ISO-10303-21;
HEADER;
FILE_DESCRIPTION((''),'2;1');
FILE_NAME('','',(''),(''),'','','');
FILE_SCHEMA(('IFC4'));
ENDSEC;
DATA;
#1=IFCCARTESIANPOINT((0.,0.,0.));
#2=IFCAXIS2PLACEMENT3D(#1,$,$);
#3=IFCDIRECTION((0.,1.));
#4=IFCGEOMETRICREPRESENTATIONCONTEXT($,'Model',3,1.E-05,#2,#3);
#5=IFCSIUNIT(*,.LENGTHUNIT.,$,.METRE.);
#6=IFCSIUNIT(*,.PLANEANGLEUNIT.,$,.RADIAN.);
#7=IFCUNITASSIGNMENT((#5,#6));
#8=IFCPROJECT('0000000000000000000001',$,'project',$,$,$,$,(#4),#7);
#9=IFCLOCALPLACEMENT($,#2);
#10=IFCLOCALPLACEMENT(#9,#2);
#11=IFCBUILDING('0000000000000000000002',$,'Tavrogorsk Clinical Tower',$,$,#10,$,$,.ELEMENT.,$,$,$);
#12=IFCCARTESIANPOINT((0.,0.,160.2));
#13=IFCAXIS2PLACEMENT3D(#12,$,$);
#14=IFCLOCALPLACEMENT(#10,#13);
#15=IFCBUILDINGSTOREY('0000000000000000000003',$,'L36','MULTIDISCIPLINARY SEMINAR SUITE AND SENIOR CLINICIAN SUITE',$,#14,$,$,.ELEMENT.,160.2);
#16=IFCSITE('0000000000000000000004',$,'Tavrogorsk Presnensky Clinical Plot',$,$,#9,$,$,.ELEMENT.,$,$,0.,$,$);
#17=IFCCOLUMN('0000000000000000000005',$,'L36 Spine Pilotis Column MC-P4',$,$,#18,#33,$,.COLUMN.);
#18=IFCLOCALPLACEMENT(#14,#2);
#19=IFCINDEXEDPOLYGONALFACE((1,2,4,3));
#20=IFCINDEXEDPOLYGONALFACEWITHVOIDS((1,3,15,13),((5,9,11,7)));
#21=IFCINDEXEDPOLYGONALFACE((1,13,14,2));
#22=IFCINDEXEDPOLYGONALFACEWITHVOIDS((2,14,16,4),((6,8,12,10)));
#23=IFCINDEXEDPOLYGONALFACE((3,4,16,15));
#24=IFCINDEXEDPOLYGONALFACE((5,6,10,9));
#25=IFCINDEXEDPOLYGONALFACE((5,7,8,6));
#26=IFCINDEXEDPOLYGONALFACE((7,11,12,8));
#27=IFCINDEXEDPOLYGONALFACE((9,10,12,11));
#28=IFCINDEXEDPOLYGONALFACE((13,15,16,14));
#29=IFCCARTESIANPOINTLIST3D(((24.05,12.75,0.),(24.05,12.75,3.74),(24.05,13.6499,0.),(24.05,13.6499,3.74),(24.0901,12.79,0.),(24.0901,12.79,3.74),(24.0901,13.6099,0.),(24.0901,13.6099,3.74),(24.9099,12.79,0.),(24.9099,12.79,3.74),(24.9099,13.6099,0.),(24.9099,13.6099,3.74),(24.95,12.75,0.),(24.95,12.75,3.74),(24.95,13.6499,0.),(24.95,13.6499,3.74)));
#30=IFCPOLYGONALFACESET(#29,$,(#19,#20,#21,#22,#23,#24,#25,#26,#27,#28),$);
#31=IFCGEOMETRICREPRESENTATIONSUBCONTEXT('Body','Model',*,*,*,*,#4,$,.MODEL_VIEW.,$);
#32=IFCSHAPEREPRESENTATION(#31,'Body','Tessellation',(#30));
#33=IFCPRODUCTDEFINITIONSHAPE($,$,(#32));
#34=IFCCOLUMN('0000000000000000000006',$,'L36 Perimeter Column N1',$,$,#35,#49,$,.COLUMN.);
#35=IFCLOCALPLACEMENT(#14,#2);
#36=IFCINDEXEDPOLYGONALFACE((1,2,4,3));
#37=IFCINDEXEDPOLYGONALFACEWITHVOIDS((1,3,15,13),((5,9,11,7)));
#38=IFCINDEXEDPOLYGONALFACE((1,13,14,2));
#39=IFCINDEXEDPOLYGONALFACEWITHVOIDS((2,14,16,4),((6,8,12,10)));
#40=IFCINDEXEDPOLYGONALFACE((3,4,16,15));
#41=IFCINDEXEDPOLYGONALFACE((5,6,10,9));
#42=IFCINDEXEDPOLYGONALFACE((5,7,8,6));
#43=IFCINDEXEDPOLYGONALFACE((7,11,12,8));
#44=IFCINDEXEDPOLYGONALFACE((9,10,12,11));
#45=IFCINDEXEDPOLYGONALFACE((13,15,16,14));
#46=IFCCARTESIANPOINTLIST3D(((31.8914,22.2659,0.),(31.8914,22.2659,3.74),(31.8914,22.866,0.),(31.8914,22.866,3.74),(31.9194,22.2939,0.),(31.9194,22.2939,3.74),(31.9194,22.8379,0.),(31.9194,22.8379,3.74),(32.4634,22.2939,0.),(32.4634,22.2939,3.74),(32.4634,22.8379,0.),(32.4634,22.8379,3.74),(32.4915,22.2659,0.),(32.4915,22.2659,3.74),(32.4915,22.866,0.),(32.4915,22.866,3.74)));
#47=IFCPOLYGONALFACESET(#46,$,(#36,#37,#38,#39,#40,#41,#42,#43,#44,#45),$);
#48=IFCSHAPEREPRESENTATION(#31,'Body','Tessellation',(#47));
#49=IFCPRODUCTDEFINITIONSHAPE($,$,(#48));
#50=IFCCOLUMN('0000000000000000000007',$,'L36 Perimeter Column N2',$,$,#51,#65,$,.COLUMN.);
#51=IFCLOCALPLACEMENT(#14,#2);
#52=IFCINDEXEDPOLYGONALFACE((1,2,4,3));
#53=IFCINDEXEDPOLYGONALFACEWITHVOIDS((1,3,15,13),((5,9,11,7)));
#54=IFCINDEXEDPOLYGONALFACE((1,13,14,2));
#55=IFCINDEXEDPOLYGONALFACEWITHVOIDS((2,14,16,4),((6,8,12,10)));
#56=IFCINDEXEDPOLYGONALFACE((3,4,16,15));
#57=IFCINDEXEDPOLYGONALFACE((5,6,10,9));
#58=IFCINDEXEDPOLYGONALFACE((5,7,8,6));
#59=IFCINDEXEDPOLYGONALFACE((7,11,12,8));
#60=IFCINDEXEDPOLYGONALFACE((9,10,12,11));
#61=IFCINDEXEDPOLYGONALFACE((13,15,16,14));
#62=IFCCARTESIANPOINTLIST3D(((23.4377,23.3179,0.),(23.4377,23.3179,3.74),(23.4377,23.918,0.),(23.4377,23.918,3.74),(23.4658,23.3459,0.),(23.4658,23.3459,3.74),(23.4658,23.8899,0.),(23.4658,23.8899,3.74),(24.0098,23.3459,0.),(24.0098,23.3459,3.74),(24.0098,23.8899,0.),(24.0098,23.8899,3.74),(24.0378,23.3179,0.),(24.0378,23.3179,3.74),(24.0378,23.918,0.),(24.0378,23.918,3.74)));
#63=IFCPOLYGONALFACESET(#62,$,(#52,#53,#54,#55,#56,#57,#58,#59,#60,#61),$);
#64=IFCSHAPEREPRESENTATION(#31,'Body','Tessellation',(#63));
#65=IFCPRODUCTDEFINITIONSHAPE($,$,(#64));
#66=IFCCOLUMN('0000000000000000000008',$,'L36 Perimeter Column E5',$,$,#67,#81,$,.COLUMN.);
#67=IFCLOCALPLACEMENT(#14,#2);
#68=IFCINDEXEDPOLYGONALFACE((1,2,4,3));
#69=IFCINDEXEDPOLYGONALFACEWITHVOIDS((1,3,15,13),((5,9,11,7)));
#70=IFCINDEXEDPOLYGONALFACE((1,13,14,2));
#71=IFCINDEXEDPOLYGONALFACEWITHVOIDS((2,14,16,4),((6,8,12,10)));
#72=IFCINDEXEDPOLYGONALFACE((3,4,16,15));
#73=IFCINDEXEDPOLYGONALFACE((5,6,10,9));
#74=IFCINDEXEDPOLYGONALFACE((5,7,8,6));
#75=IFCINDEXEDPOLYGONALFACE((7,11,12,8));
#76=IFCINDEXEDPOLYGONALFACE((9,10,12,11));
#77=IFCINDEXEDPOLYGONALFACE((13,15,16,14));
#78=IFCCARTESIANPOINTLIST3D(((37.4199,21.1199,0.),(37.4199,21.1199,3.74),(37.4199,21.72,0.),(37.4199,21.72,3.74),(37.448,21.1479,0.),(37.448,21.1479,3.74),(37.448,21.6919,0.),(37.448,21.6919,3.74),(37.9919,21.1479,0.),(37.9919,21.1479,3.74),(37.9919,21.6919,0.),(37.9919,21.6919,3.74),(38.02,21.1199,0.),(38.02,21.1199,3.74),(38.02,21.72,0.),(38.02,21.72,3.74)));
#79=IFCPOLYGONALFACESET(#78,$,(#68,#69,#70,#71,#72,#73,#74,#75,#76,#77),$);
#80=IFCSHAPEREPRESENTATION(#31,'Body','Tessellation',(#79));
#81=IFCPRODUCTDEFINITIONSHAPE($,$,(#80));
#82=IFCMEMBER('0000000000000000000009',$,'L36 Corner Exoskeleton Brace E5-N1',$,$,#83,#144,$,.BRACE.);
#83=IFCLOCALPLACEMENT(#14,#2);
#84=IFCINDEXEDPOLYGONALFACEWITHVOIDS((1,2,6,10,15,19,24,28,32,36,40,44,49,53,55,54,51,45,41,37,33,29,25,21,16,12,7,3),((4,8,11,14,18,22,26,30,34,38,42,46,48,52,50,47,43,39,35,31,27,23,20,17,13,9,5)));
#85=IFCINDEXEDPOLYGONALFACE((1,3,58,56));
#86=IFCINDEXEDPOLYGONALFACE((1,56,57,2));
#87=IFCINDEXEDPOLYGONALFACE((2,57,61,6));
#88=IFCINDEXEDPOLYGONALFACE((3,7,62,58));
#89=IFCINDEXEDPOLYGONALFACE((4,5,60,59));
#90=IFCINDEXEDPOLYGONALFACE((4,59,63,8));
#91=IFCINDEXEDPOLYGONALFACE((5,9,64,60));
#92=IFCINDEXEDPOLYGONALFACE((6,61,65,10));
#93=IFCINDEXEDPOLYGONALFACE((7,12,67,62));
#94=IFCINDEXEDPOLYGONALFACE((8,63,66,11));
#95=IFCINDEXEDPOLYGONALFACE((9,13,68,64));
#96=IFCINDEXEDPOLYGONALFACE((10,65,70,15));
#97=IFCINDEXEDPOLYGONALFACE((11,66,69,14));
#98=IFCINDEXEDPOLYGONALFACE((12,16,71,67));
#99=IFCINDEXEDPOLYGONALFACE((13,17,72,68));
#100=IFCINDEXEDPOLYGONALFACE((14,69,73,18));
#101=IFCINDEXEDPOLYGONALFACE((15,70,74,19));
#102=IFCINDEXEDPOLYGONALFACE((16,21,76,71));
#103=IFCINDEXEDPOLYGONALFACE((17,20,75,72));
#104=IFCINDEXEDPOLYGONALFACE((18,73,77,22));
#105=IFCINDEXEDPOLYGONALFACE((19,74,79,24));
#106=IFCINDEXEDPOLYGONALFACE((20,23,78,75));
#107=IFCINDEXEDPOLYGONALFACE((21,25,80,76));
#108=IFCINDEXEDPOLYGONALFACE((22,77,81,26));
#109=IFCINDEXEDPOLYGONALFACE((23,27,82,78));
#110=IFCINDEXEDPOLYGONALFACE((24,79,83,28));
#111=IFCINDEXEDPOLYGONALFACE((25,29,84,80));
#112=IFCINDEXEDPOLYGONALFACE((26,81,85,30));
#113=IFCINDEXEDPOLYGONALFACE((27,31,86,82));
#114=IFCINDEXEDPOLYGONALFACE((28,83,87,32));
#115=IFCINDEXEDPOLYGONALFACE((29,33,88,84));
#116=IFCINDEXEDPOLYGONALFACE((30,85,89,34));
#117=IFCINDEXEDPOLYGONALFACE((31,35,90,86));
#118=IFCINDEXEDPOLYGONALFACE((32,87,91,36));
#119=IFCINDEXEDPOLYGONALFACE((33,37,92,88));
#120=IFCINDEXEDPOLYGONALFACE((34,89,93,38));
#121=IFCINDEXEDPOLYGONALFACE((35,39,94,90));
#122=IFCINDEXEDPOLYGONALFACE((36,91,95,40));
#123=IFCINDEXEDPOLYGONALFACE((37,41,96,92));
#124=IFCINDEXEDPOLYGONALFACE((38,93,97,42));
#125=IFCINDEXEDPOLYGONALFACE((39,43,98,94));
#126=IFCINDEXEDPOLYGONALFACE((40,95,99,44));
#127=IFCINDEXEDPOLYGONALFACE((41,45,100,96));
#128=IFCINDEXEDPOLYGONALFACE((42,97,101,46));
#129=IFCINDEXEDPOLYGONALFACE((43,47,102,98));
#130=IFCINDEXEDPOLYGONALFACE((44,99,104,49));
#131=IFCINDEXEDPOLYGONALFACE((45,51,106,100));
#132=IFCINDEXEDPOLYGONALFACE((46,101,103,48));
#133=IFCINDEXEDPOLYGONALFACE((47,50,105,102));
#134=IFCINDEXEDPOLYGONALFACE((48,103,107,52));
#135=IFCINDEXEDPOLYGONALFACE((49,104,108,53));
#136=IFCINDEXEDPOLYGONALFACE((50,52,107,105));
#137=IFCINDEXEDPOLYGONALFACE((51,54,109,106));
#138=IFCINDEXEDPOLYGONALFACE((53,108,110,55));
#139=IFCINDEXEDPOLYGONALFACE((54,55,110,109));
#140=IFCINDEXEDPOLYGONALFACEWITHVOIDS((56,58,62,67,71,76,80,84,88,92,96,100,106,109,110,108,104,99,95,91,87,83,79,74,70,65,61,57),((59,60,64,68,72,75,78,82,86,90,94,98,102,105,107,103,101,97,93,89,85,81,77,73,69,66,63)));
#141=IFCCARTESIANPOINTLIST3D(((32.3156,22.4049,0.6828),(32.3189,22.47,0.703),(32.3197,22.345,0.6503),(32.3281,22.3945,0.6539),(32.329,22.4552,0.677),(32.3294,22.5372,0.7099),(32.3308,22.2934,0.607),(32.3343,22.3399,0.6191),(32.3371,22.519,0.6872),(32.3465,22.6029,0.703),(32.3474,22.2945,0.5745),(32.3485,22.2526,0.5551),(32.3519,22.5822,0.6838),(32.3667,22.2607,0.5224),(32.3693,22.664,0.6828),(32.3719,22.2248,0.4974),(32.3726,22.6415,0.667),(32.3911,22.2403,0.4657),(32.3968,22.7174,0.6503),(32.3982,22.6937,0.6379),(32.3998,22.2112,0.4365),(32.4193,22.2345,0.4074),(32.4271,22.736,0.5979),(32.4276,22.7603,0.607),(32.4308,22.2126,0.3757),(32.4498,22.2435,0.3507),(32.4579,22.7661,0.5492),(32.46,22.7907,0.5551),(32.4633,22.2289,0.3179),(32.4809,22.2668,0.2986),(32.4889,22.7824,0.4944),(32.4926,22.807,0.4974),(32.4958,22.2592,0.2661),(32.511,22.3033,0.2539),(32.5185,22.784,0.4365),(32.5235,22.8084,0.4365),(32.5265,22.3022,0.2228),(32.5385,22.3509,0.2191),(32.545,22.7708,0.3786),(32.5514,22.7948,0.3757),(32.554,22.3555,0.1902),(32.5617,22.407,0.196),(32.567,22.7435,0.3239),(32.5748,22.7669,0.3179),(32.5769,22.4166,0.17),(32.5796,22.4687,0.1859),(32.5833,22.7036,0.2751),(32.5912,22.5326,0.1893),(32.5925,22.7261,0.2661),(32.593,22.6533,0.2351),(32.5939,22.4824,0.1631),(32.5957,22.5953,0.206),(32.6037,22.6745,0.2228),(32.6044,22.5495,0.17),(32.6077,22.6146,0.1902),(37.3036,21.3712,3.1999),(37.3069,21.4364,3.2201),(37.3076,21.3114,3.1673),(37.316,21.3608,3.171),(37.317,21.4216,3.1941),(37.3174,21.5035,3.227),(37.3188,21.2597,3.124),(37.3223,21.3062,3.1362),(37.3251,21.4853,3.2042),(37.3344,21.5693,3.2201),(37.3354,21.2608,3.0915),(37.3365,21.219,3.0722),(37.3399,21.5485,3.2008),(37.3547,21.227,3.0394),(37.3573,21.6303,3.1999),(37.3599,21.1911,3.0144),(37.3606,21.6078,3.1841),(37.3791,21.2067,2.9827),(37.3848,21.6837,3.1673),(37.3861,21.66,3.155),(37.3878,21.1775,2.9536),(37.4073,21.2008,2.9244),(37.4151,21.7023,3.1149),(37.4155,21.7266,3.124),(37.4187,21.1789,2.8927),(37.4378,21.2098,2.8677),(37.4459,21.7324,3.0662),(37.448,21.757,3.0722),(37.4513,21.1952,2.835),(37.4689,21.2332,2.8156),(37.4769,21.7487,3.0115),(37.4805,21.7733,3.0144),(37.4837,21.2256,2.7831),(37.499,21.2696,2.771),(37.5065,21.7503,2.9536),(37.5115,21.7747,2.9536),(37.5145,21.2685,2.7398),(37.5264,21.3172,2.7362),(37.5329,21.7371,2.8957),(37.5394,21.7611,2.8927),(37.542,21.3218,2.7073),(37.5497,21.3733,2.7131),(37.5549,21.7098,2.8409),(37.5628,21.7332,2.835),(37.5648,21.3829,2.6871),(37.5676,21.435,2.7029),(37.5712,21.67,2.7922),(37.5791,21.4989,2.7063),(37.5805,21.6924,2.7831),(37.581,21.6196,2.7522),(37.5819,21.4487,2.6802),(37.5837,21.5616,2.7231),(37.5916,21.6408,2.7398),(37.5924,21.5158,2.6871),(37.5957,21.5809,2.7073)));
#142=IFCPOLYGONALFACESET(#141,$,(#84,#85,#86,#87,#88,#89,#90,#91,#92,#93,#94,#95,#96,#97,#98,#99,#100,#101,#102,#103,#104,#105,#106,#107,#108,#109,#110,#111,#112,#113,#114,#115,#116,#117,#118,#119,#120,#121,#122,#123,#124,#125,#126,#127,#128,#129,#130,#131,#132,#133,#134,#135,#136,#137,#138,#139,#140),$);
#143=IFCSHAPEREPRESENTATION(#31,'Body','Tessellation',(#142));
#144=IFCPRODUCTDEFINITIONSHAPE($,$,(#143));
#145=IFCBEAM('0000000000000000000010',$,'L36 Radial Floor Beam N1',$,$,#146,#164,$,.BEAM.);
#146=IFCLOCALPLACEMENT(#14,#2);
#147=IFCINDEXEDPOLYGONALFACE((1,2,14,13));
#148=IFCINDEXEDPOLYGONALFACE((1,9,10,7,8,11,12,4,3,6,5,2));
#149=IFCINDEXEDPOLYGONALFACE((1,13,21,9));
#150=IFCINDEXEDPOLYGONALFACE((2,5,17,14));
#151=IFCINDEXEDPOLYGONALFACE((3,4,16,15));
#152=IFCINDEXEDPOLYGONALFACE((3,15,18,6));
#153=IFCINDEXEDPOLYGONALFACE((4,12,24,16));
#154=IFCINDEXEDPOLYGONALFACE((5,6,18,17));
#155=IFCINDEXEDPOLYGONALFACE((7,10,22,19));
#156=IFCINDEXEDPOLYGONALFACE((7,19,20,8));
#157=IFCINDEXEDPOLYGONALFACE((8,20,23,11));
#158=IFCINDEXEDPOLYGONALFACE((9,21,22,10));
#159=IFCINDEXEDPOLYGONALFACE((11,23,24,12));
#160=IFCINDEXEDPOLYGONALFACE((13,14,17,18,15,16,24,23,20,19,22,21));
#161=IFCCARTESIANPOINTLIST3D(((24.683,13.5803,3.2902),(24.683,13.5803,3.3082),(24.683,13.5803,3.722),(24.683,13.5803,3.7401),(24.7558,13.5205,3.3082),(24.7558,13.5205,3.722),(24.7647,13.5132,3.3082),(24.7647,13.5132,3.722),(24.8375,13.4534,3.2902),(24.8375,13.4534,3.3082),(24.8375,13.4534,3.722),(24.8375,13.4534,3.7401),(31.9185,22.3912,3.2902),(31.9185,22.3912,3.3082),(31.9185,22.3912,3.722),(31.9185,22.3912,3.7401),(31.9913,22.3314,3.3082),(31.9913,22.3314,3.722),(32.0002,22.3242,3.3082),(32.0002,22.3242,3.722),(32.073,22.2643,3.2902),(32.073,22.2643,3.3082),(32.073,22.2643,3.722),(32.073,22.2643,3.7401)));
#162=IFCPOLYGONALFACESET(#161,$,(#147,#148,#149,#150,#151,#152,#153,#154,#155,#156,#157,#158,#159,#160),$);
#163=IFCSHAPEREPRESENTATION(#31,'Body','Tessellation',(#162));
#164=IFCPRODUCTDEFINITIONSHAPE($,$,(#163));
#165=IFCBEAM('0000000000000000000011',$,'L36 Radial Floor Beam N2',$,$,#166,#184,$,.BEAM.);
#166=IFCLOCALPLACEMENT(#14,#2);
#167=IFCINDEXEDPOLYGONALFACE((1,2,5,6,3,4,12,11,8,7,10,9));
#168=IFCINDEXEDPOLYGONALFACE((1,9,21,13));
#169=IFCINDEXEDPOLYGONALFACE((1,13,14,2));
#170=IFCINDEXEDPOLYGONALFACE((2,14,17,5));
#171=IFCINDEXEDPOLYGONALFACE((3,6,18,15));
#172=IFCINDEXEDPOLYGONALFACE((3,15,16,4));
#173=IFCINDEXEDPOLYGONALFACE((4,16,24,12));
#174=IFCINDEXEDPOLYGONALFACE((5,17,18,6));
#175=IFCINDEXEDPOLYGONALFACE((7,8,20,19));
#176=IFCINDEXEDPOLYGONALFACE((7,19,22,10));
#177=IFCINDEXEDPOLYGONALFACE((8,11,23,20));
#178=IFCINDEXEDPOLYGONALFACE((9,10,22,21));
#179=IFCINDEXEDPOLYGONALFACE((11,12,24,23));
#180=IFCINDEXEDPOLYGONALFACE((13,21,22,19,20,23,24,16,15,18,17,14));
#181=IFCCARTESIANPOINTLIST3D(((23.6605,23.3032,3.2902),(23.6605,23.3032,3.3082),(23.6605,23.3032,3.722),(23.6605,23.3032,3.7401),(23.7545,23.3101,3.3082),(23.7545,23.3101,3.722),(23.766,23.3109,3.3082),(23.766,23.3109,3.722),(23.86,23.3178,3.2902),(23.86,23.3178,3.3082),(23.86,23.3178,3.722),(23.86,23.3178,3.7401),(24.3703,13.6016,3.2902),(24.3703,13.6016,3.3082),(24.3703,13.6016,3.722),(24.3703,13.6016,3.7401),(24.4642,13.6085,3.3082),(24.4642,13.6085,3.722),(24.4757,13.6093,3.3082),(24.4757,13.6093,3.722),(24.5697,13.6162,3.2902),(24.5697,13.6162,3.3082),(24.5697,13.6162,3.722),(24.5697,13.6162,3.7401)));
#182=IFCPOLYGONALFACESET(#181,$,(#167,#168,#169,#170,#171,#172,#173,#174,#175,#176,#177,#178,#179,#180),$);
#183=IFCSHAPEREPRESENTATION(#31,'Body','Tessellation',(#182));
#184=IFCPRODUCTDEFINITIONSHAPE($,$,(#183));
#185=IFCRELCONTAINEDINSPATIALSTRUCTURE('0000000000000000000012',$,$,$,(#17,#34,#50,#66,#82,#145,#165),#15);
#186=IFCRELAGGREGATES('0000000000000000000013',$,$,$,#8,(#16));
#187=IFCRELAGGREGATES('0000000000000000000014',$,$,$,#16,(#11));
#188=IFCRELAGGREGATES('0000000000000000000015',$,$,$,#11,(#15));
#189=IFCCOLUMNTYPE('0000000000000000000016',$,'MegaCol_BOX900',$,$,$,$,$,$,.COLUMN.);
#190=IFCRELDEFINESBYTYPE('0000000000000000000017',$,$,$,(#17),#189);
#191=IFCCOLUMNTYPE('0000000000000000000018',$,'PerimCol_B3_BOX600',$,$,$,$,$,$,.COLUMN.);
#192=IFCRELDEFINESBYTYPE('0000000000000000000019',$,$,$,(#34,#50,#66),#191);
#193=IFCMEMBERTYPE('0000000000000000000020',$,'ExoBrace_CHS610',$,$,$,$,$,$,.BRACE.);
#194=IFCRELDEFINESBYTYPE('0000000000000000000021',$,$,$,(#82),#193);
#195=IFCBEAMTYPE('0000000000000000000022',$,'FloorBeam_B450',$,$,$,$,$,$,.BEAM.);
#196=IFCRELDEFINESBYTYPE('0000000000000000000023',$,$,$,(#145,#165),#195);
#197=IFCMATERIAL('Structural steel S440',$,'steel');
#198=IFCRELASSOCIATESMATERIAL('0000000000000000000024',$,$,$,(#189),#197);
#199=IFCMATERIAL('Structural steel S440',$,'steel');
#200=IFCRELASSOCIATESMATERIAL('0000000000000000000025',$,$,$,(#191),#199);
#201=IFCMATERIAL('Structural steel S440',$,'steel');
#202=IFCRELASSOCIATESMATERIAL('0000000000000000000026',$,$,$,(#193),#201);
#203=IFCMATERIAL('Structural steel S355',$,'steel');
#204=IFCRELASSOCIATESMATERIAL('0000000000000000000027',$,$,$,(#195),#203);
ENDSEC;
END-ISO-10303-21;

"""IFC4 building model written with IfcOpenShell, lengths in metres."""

from ifc_helpers import new_model, si_unit, direction, frame, origin, origin_2d, place, context, subcontext, project, spatial, hollow_rectangle, hollow_circle, i_section, extrude, material, material_profile, profile_set, type_object, element, save


model = new_model("IFC4")

# Units and contexts
model_context = context("Model", 3, precision=1e-05, world=origin(), true_north=direction((0.0, 1.0)))
body_context = subcontext(model_context, "Body", "Model", "MODEL_VIEW")
ifc_project = project(units=[si_unit("LENGTHUNIT", "METRE"), si_unit("PLANEANGLEUNIT", "RADIAN")], contexts=[model_context])

# Site, building, storey
site_placement = place(None, origin())
site = spatial("IfcSite", under=ifc_project, at=site_placement, Name="Tavrogorsk Presnensky Clinical Plot", CompositionType="ELEMENT", RefElevation=0.0)
building_placement = place(site_placement, origin())
building = spatial("IfcBuilding", under=site, at=building_placement, Name="Tavrogorsk Clinical Tower", CompositionType="ELEMENT")
storey_placement = place(building_placement, frame((0.0, 0.0, 160.2)))
storey = spatial("IfcBuildingStorey", under=building, at=storey_placement, Name="L36", Description="MULTIDISCIPLINARY SEMINAR SUITE AND SENIOR CLINICIAN SUITE", CompositionType="ELEMENT", Elevation=160.2)

# Columns
ifc_material_1 = material(Name="Structural steel S440", Category="steel")
ifc_material_profile_1 = material_profile(ifc_material_1, hollow_rectangle(XDim=0.8999, YDim=0.8999, WallThickness=0.04, at=origin_2d()), Name="BOX-900x900x40")
ifc_profile_set_1 = profile_set([ifc_material_profile_1], Name="Structural steel S440")
column_type_1 = type_object("IfcColumnType", Name="MegaCol_BOX900", PredefinedType="COLUMN", material=ifc_profile_set_1)
column_placement = place(storey_placement, frame((24.5, 13.2, 0.0), z_axis=(0.0, 0.0, 1.0), x_axis=(1.0, 0.0, 0.0)))
element("IfcColumn", 1, at=column_placement, inside=storey, type_object=column_type_1, Name="L36 Spine Pilotis Column MC-P4", PredefinedType="COLUMN", context=body_context, shape_type="SweptSolid", body=[
    extrude(hollow_rectangle(XDim=0.8999, YDim=0.8999, WallThickness=0.04, at=origin_2d()), origin(), (0.0, 0.0, 1.0), 3.74),
])
ifc_material_2 = material(Name="Structural steel S440", Category="steel")
ifc_material_profile_2 = material_profile(ifc_material_2, hollow_rectangle(XDim=0.6001, YDim=0.6001, WallThickness=0.0281, at=origin_2d()), Name="BOX-600x600x28")
ifc_profile_set_2 = profile_set([ifc_material_profile_2], Name="Structural steel S440")
column_type_2 = type_object("IfcColumnType", Name="PerimCol_B3_BOX600", PredefinedType="COLUMN", material=ifc_profile_set_2)
for number, where, z_axis, x_axis, name in (
    (2, (32.1914, 22.5659, 0.0), (0.0, 0.0, 1.0), (1.0, 0.0, 0.0), "L36 Perimeter Column N1"),
    (3, (23.7378, 23.6179, 0.0), (0.0, 0.0, 1.0), (1.0, 0.0, 0.0), "L36 Perimeter Column N2"),
    (4, (37.72, 21.4199, 0.0), (0.0, 0.0, 1.0), (1.0, 0.0, 0.0), "L36 Perimeter Column E5"),
):
    element("IfcColumn", number, at=place(storey_placement, frame(where, z_axis=z_axis, x_axis=x_axis)), inside=storey, type_object=column_type_2, Name=name, PredefinedType="COLUMN", context=body_context, shape_type="SweptSolid", body=[
        extrude(hollow_rectangle(XDim=0.6001, YDim=0.6001, WallThickness=0.0281, at=origin_2d()), origin(), (0.0, 0.0, 1.0), 3.74),
    ])

# Member
ifc_material_3 = material(Name="Structural steel S440", Category="steel")
ifc_material_profile_3 = material_profile(ifc_material_3, hollow_circle(Radius=0.3049, WallThickness=0.0249, at=origin_2d()), Name="CHS-610x25")
ifc_profile_set_3 = profile_set([ifc_material_profile_3], Name="Structural steel S440")
member_type_1 = type_object("IfcMemberType", Name="ExoBrace_CHS610", PredefinedType="BRACE", material=ifc_profile_set_3)
member_1_placement = place(storey_placement, frame((32.4617, 22.5098, 0.4365), z_axis=(0.877871, -0.181925, 0.442996), x_axis=(0.202923, 0.979195, 0.0)))
element("IfcMember", 5, at=member_1_placement, inside=storey, type_object=member_type_1, Name="L36 Corner Exoskeleton Brace E5-N1", PredefinedType="BRACE", context=body_context, shape_type="SweptSolid", body=[
    extrude(hollow_circle(Radius=0.3049, WallThickness=0.0249, at=origin_2d()), origin(), (0.0, 0.0, 1.0), 5.6819),
])

# Beams
ifc_material_4 = material(Name="Structural steel S355", Category="steel")
ifc_material_profile_4 = material_profile(ifc_material_4, i_section(OverallWidth=0.2, OverallDepth=0.45, WebThickness=0.0115, FlangeThickness=0.0181, at=origin_2d()), Name="B-450x200x11.5x18")
ifc_profile_set_4 = profile_set([ifc_material_profile_4], Name="Structural steel S355")
beam_type_1 = type_object("IfcBeamType", Name="FloorBeam_B450", PredefinedType="BEAM", material=ifc_profile_set_4)
beam_1_placement = place(storey_placement, frame((24.7603, 13.5168, 3.5151), z_axis=(0.634633, 0.772814, 0.0), x_axis=(-0.772814, 0.634633, 0.0)))
element("IfcBeam", 6, at=beam_1_placement, inside=storey, type_object=beam_type_1, Name="L36 Radial Floor Beam N1", PredefinedType="BEAM", context=body_context, shape_type="SweptSolid", body=[
    extrude(i_section(OverallWidth=0.2, OverallDepth=0.45, WebThickness=0.0115, FlangeThickness=0.0181, at=origin_2d()), origin(), (0.0, 0.0, 1.0), 11.4011),
])
beam_2_placement = place(storey_placement, frame((24.47, 13.6089, 3.5151), z_axis=(-0.072959, 0.997335, 0.0), x_axis=(-0.997335, -0.072959, 0.0)))
element("IfcBeam", 7, at=beam_2_placement, inside=storey, type_object=beam_type_1, Name="L36 Radial Floor Beam N2", PredefinedType="BEAM", context=body_context, shape_type="SweptSolid", body=[
    extrude(i_section(OverallWidth=0.2, OverallDepth=0.45, WebThickness=0.0115, FlangeThickness=0.0181, at=origin_2d()), origin(), (0.0, 0.0, 1.0), 9.7275),
])

save(model, "model.ifc")
